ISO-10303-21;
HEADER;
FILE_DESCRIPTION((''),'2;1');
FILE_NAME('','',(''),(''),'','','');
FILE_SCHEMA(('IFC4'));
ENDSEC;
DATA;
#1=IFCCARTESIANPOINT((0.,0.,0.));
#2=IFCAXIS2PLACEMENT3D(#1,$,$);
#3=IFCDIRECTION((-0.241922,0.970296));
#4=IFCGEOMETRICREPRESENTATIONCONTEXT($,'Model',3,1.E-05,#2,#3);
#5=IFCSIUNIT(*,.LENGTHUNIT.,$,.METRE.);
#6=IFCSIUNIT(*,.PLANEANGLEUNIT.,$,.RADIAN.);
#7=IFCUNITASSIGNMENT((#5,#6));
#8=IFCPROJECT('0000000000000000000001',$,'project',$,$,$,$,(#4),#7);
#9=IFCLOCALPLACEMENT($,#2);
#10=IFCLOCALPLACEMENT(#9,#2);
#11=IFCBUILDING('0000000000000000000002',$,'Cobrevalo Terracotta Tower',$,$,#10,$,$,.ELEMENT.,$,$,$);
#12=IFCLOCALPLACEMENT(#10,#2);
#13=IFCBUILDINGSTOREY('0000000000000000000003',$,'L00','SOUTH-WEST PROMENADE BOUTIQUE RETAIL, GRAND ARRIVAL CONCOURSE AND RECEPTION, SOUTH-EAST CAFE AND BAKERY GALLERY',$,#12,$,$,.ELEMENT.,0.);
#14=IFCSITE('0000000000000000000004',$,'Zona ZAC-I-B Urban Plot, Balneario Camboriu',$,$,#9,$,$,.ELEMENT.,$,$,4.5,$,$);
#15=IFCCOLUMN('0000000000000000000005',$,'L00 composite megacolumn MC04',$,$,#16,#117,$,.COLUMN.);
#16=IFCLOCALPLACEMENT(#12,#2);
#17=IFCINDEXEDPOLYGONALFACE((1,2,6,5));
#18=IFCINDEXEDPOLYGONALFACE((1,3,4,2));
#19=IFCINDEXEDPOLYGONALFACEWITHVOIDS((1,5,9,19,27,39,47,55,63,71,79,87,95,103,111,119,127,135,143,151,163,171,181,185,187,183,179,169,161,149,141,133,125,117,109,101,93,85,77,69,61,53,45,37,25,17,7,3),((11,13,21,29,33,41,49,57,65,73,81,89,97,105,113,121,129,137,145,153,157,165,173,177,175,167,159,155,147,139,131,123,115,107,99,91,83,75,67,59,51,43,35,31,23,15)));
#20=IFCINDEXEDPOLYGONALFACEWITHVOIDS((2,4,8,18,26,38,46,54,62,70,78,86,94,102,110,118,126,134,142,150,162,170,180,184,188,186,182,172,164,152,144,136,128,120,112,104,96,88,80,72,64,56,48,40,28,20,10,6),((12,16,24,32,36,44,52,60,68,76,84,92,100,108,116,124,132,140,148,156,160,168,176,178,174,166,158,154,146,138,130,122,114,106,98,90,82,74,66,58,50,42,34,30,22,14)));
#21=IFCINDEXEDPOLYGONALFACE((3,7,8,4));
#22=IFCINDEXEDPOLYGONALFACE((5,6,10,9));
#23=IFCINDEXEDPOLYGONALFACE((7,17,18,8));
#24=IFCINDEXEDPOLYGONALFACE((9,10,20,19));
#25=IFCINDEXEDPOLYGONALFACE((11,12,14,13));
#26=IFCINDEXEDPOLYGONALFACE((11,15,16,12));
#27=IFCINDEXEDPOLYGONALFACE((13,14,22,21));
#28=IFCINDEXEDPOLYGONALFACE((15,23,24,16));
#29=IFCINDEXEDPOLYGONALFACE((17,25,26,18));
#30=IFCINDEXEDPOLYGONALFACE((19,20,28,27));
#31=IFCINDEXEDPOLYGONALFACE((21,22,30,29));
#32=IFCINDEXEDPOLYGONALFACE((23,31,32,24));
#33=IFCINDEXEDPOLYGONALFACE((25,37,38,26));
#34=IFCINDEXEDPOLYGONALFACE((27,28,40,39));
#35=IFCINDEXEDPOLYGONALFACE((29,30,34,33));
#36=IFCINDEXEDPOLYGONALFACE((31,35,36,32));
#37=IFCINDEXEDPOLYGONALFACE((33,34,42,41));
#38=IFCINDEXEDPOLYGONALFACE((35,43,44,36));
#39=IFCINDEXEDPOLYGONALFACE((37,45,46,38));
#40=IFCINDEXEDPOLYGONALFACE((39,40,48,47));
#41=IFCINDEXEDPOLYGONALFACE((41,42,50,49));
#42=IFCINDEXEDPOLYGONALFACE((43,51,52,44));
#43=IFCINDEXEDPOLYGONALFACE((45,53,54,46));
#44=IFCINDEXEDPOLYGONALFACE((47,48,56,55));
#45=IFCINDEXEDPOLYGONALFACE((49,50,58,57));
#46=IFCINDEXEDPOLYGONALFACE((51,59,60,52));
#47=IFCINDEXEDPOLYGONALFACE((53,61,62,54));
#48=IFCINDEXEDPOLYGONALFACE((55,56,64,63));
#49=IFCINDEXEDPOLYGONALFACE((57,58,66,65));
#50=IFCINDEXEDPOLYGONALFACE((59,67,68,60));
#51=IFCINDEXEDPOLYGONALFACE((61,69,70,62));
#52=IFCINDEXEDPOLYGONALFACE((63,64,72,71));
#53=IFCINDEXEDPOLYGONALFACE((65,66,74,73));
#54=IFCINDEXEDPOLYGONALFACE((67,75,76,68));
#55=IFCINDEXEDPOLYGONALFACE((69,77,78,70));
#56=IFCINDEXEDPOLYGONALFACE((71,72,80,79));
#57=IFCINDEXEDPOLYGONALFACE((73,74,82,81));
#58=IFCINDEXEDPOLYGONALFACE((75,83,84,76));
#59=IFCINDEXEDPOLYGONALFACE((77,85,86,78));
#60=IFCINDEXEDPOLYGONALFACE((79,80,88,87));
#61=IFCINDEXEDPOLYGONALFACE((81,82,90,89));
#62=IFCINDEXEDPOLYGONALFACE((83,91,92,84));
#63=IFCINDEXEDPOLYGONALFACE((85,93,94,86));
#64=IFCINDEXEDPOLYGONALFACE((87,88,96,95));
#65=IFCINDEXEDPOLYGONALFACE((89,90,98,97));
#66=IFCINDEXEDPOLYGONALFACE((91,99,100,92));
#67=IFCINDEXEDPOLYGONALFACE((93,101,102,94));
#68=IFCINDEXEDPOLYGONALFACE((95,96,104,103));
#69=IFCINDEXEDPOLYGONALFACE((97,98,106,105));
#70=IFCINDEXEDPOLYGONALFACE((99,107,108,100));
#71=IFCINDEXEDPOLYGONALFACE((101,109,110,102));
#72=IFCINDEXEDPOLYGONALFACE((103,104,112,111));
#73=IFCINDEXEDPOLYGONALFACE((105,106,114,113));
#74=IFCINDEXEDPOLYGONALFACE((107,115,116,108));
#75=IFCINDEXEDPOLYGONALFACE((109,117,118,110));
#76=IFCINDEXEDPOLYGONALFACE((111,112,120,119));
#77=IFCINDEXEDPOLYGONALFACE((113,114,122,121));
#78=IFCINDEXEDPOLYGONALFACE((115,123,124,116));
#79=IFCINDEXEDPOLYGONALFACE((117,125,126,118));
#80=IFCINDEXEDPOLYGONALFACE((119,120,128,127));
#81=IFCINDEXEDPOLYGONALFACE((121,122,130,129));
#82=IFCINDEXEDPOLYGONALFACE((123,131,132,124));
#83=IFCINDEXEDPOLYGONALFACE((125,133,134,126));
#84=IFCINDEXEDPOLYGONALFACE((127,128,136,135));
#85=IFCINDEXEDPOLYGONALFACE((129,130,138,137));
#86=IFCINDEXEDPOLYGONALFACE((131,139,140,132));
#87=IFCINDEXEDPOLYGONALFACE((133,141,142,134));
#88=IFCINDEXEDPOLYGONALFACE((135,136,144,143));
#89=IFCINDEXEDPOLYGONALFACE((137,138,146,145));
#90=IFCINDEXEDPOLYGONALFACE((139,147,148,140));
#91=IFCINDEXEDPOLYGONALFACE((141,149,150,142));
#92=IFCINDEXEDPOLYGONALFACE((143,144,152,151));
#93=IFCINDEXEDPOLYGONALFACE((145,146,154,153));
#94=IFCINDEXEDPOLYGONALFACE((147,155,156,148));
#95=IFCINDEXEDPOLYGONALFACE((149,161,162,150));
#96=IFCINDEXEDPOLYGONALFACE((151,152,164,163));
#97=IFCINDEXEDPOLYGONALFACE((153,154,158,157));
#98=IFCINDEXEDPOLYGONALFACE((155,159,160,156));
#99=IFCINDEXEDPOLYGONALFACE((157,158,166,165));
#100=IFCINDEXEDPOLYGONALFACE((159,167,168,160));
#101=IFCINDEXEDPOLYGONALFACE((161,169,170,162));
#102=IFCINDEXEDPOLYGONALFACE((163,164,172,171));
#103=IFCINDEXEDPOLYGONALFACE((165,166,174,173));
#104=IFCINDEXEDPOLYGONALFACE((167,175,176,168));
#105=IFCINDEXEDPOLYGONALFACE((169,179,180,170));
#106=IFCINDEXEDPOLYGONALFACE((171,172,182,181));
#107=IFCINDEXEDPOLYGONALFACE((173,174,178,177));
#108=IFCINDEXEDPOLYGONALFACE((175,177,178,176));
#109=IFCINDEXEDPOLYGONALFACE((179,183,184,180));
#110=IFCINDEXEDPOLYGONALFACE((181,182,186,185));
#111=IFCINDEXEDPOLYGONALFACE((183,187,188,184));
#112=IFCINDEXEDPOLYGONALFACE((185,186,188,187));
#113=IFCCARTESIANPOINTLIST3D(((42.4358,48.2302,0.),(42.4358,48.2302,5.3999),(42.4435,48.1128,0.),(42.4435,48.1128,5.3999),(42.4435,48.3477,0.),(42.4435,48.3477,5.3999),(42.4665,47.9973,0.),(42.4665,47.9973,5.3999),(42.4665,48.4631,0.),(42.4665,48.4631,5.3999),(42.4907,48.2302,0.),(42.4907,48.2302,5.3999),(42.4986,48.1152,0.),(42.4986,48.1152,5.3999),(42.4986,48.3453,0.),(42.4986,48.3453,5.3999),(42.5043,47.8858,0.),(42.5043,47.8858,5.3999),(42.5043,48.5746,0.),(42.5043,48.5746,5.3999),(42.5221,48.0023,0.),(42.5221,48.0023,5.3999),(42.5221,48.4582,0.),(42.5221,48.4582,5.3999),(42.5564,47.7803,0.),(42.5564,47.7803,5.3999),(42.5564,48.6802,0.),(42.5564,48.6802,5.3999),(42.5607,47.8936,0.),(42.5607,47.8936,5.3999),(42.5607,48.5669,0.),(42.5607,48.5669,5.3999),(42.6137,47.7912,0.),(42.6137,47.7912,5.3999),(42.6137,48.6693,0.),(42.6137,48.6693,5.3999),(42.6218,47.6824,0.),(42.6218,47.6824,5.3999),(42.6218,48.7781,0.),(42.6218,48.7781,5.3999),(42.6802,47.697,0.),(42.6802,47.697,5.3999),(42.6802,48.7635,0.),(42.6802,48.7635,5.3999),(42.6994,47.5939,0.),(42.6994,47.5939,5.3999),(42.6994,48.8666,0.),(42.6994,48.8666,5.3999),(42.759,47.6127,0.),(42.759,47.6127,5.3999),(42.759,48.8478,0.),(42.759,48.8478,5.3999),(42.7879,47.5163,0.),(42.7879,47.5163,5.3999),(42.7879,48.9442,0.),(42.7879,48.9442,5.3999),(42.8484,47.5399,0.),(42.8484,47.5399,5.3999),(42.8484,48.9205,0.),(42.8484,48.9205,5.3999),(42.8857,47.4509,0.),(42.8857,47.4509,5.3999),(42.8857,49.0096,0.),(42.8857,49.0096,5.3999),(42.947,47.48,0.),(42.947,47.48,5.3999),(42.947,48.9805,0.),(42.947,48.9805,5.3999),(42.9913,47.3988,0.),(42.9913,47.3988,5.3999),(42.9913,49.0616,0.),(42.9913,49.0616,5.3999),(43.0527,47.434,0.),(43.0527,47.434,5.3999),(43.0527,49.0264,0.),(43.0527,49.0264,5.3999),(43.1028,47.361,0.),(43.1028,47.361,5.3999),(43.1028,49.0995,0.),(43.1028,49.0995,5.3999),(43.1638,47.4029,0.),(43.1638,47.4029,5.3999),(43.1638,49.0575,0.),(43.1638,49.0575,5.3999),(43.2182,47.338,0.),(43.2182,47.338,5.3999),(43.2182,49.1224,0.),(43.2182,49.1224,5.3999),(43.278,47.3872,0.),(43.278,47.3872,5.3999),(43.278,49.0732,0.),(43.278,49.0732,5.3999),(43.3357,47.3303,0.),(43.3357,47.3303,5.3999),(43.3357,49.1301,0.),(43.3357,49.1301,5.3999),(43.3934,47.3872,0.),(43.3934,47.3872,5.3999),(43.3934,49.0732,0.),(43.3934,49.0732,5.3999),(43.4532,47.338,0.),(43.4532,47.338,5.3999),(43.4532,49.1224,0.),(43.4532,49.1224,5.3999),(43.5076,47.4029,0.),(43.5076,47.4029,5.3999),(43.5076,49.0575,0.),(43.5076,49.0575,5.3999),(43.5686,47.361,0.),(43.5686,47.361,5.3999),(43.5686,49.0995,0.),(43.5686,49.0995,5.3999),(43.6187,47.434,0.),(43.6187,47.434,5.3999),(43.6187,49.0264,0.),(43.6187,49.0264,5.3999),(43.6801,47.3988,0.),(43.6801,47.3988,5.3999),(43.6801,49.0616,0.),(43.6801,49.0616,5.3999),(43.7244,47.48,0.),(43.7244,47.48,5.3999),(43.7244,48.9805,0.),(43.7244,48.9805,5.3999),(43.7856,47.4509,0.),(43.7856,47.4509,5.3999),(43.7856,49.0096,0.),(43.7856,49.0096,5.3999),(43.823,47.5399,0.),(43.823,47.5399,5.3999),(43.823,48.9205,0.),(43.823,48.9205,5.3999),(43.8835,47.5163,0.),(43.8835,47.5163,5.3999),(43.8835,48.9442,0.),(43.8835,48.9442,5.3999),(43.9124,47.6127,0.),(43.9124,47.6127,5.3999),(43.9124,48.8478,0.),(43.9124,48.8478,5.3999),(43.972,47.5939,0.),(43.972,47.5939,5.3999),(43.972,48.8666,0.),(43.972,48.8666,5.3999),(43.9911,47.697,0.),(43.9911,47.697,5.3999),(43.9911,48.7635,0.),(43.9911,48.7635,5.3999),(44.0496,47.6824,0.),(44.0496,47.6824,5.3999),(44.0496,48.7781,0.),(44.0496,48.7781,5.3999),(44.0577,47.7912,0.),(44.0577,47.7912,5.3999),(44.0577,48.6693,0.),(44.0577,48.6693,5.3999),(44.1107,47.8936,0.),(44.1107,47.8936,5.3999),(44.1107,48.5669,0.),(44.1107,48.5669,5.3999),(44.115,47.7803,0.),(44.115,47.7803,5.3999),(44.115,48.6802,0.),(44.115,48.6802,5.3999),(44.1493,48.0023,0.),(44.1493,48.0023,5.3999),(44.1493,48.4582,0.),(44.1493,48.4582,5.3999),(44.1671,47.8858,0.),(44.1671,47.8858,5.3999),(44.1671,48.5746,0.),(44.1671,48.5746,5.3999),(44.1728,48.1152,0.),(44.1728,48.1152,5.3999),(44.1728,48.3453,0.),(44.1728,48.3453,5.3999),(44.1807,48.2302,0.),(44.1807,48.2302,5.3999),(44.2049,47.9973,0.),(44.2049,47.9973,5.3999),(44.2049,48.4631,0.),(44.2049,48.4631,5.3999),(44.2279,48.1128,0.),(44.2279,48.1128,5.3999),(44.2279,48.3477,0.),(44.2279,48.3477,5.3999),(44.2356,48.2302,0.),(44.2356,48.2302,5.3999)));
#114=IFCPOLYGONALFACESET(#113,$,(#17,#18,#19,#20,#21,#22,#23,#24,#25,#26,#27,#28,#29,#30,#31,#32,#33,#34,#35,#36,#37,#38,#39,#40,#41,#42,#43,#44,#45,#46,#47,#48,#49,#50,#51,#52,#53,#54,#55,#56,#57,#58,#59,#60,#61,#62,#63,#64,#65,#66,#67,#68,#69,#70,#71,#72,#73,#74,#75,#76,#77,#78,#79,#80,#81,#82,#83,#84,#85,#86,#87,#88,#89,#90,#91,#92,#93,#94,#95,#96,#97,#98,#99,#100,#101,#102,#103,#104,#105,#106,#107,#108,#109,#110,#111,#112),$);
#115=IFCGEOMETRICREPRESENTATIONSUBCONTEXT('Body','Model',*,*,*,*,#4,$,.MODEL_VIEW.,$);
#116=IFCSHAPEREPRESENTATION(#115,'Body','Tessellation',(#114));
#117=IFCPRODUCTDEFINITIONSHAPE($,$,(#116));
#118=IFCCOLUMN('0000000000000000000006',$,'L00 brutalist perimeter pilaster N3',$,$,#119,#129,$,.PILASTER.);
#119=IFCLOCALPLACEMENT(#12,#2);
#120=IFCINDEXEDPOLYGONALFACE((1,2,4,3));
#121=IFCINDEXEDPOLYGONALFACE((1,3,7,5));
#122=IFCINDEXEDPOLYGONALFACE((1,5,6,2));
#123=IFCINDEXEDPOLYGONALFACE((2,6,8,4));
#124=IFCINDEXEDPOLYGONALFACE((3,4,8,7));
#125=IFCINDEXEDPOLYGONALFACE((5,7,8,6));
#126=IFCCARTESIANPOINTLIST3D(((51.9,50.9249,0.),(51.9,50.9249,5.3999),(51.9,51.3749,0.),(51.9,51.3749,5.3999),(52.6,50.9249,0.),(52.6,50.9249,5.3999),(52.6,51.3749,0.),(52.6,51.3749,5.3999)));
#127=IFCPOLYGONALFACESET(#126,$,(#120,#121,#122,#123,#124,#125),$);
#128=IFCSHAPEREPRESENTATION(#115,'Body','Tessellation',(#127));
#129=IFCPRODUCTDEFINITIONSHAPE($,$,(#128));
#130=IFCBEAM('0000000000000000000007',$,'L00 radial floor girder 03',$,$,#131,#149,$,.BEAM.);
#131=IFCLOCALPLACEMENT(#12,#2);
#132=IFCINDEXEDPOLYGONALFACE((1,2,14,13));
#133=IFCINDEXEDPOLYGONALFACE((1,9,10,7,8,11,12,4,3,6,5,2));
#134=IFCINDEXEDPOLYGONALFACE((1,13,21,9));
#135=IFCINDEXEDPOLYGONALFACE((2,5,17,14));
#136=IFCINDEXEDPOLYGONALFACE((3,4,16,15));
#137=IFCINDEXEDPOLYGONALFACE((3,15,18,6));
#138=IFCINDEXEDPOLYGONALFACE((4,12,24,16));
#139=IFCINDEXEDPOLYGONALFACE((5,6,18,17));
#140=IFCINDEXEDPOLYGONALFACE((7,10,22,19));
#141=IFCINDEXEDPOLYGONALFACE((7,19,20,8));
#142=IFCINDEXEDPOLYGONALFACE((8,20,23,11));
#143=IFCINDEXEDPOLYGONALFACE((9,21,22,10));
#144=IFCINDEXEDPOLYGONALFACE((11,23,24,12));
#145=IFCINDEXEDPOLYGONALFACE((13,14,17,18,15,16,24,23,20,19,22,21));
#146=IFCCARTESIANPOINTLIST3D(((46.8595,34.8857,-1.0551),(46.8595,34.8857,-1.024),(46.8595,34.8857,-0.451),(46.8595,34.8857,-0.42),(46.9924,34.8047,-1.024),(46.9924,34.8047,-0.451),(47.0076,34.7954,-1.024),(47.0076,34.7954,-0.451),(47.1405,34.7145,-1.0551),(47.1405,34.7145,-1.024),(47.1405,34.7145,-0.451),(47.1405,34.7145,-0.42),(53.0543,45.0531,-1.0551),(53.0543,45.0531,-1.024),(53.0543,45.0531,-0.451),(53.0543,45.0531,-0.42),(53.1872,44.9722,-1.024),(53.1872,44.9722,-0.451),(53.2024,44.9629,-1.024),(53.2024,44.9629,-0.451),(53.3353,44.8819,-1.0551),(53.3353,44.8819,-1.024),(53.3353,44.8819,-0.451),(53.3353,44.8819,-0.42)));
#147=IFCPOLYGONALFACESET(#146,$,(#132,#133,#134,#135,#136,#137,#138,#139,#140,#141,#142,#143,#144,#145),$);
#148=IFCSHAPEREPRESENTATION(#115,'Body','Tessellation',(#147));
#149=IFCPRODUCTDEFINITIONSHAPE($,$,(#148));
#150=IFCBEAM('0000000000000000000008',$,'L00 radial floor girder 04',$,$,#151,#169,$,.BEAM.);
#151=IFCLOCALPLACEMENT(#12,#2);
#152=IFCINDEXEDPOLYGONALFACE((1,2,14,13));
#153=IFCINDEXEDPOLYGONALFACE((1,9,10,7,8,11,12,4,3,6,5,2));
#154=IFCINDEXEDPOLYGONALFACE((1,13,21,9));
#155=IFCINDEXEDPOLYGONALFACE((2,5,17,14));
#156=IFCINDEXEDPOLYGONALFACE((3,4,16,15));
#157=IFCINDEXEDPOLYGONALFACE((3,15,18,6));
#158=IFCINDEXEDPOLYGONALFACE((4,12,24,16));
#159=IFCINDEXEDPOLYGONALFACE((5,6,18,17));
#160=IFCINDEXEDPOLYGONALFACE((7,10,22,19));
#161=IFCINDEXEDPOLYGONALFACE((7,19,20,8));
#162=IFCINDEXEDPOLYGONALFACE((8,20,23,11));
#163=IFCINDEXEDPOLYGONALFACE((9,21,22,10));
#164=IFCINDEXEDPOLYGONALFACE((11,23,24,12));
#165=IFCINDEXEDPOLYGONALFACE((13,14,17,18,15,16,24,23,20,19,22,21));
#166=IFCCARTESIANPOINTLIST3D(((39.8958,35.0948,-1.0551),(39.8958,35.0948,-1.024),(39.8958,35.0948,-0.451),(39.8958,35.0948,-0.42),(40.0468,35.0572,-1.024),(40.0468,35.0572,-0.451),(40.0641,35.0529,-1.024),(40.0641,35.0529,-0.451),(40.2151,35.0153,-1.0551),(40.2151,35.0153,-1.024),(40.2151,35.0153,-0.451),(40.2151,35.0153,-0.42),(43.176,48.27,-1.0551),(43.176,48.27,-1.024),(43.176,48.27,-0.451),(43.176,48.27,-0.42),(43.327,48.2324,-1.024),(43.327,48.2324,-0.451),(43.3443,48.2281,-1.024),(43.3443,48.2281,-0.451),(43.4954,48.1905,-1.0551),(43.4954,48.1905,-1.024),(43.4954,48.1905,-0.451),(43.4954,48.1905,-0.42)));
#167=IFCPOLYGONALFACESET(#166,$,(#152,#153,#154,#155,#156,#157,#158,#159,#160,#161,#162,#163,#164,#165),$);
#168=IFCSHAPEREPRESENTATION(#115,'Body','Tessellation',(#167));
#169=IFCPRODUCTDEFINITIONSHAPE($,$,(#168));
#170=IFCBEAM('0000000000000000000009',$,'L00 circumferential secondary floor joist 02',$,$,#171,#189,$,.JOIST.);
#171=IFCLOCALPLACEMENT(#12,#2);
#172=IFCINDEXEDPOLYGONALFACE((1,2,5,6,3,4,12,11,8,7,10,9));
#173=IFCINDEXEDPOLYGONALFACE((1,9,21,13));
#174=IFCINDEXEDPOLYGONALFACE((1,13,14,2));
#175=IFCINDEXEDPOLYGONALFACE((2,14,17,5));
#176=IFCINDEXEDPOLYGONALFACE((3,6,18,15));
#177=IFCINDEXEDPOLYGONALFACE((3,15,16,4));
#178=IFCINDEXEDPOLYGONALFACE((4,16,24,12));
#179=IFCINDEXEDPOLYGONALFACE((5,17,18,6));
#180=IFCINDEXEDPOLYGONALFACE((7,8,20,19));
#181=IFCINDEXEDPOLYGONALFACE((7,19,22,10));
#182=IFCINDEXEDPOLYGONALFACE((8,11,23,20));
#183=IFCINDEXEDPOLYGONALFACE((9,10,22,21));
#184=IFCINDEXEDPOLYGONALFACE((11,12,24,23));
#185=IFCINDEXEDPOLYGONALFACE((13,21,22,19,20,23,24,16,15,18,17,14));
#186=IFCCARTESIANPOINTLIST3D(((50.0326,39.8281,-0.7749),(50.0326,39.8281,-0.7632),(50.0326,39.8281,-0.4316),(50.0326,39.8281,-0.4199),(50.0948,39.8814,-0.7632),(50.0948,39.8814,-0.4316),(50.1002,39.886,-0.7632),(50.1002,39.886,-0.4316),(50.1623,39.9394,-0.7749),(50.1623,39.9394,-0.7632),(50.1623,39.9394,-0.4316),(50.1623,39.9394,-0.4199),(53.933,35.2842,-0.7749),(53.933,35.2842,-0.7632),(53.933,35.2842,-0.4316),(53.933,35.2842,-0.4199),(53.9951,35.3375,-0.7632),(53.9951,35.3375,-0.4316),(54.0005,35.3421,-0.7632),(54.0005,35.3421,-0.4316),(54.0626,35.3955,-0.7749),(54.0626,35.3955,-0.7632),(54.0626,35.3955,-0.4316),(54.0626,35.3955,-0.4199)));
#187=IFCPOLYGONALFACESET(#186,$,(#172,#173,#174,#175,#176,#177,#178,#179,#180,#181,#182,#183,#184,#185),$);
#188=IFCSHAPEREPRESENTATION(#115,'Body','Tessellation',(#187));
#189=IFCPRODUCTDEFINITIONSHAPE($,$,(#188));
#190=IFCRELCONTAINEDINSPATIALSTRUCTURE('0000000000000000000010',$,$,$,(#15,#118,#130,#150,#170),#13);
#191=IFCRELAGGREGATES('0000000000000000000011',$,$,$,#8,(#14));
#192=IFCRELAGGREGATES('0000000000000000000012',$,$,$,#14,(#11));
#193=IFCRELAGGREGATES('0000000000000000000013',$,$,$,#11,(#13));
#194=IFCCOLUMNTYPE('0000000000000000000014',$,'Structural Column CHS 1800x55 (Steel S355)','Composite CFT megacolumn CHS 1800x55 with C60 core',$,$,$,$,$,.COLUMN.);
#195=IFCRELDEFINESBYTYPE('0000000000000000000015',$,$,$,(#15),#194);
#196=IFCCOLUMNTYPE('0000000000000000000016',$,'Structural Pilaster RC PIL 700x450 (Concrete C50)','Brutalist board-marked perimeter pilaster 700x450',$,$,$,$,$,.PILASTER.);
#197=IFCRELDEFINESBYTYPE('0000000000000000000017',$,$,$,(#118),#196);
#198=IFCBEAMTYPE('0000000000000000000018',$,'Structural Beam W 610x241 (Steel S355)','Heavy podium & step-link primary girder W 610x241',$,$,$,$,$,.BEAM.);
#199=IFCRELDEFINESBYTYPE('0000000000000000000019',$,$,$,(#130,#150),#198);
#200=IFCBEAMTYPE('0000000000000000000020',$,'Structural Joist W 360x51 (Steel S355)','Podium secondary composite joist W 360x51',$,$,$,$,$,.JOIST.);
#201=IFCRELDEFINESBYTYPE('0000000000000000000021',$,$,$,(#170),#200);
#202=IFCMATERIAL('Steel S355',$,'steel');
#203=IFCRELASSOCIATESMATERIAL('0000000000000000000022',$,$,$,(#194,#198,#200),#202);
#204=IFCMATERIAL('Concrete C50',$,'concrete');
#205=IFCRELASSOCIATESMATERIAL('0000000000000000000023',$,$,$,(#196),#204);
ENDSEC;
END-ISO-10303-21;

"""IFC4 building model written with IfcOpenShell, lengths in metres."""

from ifc_helpers import new_model, si_unit, direction, frame, origin, origin_2d, place, context, subcontext, project, spatial, rectangle, hollow_circle, i_section, extrude, material, material_profile, profile_set, type_object, element, save


model = new_model("IFC4")

# Units and contexts
model_context = context("Model", 3, precision=1e-05, world=origin(), true_north=direction((-0.241922, 0.970296)))
body_context = subcontext(model_context, "Body", "Model", "MODEL_VIEW")
ifc_project = project(units=[si_unit("LENGTHUNIT", "METRE"), si_unit("PLANEANGLEUNIT", "RADIAN")], contexts=[model_context])

# Site, building, storey
site_placement = place(None, origin())
site = spatial("IfcSite", under=ifc_project, at=site_placement, Name="Zona ZAC-I-B Urban Plot, Balneario Camboriu", CompositionType="ELEMENT", RefElevation=4.5)
building_placement = place(site_placement, origin())
building = spatial("IfcBuilding", under=site, at=building_placement, Name="Cobrevalo Terracotta Tower", CompositionType="ELEMENT")
storey_placement = place(building_placement, origin())
storey = spatial("IfcBuildingStorey", under=building, at=storey_placement, Name="L00", Description="SOUTH-WEST PROMENADE BOUTIQUE RETAIL, GRAND ARRIVAL CONCOURSE AND RECEPTION, SOUTH-EAST CAFE AND BAKERY GALLERY", CompositionType="ELEMENT", Elevation=0.0)

# Columns
ifc_material_1 = material(Name="Steel S355", Category="steel")
ifc_material_profile_1 = material_profile(ifc_material_1, hollow_circle(Radius=0.8999, WallThickness=0.0549, at=origin_2d()), Name="CHS 1800x55")
ifc_profile_set_1 = profile_set([ifc_material_profile_1], Name="Steel S355")
column_type_1 = type_object("IfcColumnType", Name="Structural Column CHS 1800x55 (Steel S355)", Description="Composite CFT megacolumn CHS 1800x55 with C60 core", PredefinedType="COLUMN", material=ifc_profile_set_1)
for number, where, z_axis, x_axis, name in (
    (1, (43.3357, 48.2302, 0.0), (0.0, 0.0, 1.0), (1.0, 0.0, 0.0), "L00 composite megacolumn MC04"),
):
    element("IfcColumn", number, at=place(storey_placement, frame(where, z_axis=z_axis, x_axis=x_axis)), inside=storey, type_object=column_type_1, Name=name, PredefinedType="COLUMN", context=body_context, shape_type="SweptSolid", body=[
        extrude(hollow_circle(Radius=0.8999, WallThickness=0.0549, at=origin_2d()), origin(), (0.0, 0.0, 1.0), 5.3999),
    ])
ifc_material_2 = material(Name="Concrete C50", Category="concrete")
ifc_material_profile_2 = material_profile(ifc_material_2, rectangle(XDim=0.7, YDim=0.45, at=origin_2d()), Name="RC PIL 700x450")
ifc_profile_set_2 = profile_set([ifc_material_profile_2], Name="Concrete C50")
column_type_2 = type_object("IfcColumnType", Name="Structural Pilaster RC PIL 700x450 (Concrete C50)", Description="Brutalist board-marked perimeter pilaster 700x450", PredefinedType="PILASTER", material=ifc_profile_set_2)
column_placement = place(storey_placement, frame((52.25, 51.1499, 0.0), z_axis=(0.0, 0.0, 1.0), x_axis=(1.0, 0.0, 0.0)))
element("IfcColumn", 2, at=column_placement, inside=storey, type_object=column_type_2, Name="L00 brutalist perimeter pilaster N3", PredefinedType="PILASTER", context=body_context, shape_type="SweptSolid", body=[
    extrude(rectangle(XDim=0.7, YDim=0.45, at=origin_2d()), origin(), (0.0, 0.0, 1.0), 5.3999),
])

# Beams
ifc_material_profile_3 = material_profile(ifc_material_1, i_section(OverallWidth=0.3291, OverallDepth=0.635, WebThickness=0.0178, FlangeThickness=0.031, at=origin_2d()), Name="W 610x241")
ifc_profile_set_3 = profile_set([ifc_material_profile_3], Name="Steel S355")
beam_type_1 = type_object("IfcBeamType", Name="Structural Beam W 610x241 (Steel S355)", Description="Heavy podium & step-link primary girder W 610x241", PredefinedType="BEAM", material=ifc_profile_set_3)
beam_1_placement = place(storey_placement, frame((53.1948, 44.9675, -0.7375), z_axis=(-0.52031, -0.853978, 0.0), x_axis=(0.853978, -0.52031, 0.0)))
element("IfcBeam", 3, at=beam_1_placement, inside=storey, type_object=beam_type_1, Name="L00 radial floor girder 03", PredefinedType="BEAM", context=body_context, shape_type="SweptSolid", body=[
    extrude(i_section(OverallWidth=0.3291, OverallDepth=0.635, WebThickness=0.0178, FlangeThickness=0.031, at=origin_2d()), origin(), (0.0, 0.0, 1.0), 11.906),
])
beam_2_placement = place(storey_placement, frame((43.3357, 48.2302, -0.7375), z_axis=(-0.241596, -0.970377, 0.0), x_axis=(0.970377, -0.241596, 0.0)))
element("IfcBeam", 4, at=beam_2_placement, inside=storey, type_object=beam_type_1, Name="L00 radial floor girder 04", PredefinedType="BEAM", context=body_context, shape_type="SweptSolid", body=[
    extrude(i_section(OverallWidth=0.3291, OverallDepth=0.635, WebThickness=0.0178, FlangeThickness=0.031, at=origin_2d()), origin(), (0.0, 0.0, 1.0), 13.5774),
])
ifc_material_profile_4 = material_profile(ifc_material_1, i_section(OverallWidth=0.1709, OverallDepth=0.355, WebThickness=0.0071, FlangeThickness=0.0117, at=origin_2d()), Name="W 360x51")
ifc_profile_set_4 = profile_set([ifc_material_profile_4], Name="Steel S355")
beam_type_2 = type_object("IfcBeamType", Name="Structural Joist W 360x51 (Steel S355)", Description="Podium secondary composite joist W 360x51", PredefinedType="JOIST", material=ifc_profile_set_4)
beam_3_placement = place(storey_placement, frame((53.9978, 35.3398, -0.5974), z_axis=(-0.651328, 0.758796, 0.0), x_axis=(-0.758796, -0.651328, 0.0)))
element("IfcBeam", 5, at=beam_3_placement, inside=storey, type_object=beam_type_2, Name="L00 circumferential secondary floor joist 02", PredefinedType="JOIST", context=body_context, shape_type="SweptSolid", body=[
    extrude(i_section(OverallWidth=0.1709, OverallDepth=0.355, WebThickness=0.0071, FlangeThickness=0.0117, at=origin_2d()), origin(), (0.0, 0.0, 1.0), 5.9883),
])

save(model, "model.ifc")
